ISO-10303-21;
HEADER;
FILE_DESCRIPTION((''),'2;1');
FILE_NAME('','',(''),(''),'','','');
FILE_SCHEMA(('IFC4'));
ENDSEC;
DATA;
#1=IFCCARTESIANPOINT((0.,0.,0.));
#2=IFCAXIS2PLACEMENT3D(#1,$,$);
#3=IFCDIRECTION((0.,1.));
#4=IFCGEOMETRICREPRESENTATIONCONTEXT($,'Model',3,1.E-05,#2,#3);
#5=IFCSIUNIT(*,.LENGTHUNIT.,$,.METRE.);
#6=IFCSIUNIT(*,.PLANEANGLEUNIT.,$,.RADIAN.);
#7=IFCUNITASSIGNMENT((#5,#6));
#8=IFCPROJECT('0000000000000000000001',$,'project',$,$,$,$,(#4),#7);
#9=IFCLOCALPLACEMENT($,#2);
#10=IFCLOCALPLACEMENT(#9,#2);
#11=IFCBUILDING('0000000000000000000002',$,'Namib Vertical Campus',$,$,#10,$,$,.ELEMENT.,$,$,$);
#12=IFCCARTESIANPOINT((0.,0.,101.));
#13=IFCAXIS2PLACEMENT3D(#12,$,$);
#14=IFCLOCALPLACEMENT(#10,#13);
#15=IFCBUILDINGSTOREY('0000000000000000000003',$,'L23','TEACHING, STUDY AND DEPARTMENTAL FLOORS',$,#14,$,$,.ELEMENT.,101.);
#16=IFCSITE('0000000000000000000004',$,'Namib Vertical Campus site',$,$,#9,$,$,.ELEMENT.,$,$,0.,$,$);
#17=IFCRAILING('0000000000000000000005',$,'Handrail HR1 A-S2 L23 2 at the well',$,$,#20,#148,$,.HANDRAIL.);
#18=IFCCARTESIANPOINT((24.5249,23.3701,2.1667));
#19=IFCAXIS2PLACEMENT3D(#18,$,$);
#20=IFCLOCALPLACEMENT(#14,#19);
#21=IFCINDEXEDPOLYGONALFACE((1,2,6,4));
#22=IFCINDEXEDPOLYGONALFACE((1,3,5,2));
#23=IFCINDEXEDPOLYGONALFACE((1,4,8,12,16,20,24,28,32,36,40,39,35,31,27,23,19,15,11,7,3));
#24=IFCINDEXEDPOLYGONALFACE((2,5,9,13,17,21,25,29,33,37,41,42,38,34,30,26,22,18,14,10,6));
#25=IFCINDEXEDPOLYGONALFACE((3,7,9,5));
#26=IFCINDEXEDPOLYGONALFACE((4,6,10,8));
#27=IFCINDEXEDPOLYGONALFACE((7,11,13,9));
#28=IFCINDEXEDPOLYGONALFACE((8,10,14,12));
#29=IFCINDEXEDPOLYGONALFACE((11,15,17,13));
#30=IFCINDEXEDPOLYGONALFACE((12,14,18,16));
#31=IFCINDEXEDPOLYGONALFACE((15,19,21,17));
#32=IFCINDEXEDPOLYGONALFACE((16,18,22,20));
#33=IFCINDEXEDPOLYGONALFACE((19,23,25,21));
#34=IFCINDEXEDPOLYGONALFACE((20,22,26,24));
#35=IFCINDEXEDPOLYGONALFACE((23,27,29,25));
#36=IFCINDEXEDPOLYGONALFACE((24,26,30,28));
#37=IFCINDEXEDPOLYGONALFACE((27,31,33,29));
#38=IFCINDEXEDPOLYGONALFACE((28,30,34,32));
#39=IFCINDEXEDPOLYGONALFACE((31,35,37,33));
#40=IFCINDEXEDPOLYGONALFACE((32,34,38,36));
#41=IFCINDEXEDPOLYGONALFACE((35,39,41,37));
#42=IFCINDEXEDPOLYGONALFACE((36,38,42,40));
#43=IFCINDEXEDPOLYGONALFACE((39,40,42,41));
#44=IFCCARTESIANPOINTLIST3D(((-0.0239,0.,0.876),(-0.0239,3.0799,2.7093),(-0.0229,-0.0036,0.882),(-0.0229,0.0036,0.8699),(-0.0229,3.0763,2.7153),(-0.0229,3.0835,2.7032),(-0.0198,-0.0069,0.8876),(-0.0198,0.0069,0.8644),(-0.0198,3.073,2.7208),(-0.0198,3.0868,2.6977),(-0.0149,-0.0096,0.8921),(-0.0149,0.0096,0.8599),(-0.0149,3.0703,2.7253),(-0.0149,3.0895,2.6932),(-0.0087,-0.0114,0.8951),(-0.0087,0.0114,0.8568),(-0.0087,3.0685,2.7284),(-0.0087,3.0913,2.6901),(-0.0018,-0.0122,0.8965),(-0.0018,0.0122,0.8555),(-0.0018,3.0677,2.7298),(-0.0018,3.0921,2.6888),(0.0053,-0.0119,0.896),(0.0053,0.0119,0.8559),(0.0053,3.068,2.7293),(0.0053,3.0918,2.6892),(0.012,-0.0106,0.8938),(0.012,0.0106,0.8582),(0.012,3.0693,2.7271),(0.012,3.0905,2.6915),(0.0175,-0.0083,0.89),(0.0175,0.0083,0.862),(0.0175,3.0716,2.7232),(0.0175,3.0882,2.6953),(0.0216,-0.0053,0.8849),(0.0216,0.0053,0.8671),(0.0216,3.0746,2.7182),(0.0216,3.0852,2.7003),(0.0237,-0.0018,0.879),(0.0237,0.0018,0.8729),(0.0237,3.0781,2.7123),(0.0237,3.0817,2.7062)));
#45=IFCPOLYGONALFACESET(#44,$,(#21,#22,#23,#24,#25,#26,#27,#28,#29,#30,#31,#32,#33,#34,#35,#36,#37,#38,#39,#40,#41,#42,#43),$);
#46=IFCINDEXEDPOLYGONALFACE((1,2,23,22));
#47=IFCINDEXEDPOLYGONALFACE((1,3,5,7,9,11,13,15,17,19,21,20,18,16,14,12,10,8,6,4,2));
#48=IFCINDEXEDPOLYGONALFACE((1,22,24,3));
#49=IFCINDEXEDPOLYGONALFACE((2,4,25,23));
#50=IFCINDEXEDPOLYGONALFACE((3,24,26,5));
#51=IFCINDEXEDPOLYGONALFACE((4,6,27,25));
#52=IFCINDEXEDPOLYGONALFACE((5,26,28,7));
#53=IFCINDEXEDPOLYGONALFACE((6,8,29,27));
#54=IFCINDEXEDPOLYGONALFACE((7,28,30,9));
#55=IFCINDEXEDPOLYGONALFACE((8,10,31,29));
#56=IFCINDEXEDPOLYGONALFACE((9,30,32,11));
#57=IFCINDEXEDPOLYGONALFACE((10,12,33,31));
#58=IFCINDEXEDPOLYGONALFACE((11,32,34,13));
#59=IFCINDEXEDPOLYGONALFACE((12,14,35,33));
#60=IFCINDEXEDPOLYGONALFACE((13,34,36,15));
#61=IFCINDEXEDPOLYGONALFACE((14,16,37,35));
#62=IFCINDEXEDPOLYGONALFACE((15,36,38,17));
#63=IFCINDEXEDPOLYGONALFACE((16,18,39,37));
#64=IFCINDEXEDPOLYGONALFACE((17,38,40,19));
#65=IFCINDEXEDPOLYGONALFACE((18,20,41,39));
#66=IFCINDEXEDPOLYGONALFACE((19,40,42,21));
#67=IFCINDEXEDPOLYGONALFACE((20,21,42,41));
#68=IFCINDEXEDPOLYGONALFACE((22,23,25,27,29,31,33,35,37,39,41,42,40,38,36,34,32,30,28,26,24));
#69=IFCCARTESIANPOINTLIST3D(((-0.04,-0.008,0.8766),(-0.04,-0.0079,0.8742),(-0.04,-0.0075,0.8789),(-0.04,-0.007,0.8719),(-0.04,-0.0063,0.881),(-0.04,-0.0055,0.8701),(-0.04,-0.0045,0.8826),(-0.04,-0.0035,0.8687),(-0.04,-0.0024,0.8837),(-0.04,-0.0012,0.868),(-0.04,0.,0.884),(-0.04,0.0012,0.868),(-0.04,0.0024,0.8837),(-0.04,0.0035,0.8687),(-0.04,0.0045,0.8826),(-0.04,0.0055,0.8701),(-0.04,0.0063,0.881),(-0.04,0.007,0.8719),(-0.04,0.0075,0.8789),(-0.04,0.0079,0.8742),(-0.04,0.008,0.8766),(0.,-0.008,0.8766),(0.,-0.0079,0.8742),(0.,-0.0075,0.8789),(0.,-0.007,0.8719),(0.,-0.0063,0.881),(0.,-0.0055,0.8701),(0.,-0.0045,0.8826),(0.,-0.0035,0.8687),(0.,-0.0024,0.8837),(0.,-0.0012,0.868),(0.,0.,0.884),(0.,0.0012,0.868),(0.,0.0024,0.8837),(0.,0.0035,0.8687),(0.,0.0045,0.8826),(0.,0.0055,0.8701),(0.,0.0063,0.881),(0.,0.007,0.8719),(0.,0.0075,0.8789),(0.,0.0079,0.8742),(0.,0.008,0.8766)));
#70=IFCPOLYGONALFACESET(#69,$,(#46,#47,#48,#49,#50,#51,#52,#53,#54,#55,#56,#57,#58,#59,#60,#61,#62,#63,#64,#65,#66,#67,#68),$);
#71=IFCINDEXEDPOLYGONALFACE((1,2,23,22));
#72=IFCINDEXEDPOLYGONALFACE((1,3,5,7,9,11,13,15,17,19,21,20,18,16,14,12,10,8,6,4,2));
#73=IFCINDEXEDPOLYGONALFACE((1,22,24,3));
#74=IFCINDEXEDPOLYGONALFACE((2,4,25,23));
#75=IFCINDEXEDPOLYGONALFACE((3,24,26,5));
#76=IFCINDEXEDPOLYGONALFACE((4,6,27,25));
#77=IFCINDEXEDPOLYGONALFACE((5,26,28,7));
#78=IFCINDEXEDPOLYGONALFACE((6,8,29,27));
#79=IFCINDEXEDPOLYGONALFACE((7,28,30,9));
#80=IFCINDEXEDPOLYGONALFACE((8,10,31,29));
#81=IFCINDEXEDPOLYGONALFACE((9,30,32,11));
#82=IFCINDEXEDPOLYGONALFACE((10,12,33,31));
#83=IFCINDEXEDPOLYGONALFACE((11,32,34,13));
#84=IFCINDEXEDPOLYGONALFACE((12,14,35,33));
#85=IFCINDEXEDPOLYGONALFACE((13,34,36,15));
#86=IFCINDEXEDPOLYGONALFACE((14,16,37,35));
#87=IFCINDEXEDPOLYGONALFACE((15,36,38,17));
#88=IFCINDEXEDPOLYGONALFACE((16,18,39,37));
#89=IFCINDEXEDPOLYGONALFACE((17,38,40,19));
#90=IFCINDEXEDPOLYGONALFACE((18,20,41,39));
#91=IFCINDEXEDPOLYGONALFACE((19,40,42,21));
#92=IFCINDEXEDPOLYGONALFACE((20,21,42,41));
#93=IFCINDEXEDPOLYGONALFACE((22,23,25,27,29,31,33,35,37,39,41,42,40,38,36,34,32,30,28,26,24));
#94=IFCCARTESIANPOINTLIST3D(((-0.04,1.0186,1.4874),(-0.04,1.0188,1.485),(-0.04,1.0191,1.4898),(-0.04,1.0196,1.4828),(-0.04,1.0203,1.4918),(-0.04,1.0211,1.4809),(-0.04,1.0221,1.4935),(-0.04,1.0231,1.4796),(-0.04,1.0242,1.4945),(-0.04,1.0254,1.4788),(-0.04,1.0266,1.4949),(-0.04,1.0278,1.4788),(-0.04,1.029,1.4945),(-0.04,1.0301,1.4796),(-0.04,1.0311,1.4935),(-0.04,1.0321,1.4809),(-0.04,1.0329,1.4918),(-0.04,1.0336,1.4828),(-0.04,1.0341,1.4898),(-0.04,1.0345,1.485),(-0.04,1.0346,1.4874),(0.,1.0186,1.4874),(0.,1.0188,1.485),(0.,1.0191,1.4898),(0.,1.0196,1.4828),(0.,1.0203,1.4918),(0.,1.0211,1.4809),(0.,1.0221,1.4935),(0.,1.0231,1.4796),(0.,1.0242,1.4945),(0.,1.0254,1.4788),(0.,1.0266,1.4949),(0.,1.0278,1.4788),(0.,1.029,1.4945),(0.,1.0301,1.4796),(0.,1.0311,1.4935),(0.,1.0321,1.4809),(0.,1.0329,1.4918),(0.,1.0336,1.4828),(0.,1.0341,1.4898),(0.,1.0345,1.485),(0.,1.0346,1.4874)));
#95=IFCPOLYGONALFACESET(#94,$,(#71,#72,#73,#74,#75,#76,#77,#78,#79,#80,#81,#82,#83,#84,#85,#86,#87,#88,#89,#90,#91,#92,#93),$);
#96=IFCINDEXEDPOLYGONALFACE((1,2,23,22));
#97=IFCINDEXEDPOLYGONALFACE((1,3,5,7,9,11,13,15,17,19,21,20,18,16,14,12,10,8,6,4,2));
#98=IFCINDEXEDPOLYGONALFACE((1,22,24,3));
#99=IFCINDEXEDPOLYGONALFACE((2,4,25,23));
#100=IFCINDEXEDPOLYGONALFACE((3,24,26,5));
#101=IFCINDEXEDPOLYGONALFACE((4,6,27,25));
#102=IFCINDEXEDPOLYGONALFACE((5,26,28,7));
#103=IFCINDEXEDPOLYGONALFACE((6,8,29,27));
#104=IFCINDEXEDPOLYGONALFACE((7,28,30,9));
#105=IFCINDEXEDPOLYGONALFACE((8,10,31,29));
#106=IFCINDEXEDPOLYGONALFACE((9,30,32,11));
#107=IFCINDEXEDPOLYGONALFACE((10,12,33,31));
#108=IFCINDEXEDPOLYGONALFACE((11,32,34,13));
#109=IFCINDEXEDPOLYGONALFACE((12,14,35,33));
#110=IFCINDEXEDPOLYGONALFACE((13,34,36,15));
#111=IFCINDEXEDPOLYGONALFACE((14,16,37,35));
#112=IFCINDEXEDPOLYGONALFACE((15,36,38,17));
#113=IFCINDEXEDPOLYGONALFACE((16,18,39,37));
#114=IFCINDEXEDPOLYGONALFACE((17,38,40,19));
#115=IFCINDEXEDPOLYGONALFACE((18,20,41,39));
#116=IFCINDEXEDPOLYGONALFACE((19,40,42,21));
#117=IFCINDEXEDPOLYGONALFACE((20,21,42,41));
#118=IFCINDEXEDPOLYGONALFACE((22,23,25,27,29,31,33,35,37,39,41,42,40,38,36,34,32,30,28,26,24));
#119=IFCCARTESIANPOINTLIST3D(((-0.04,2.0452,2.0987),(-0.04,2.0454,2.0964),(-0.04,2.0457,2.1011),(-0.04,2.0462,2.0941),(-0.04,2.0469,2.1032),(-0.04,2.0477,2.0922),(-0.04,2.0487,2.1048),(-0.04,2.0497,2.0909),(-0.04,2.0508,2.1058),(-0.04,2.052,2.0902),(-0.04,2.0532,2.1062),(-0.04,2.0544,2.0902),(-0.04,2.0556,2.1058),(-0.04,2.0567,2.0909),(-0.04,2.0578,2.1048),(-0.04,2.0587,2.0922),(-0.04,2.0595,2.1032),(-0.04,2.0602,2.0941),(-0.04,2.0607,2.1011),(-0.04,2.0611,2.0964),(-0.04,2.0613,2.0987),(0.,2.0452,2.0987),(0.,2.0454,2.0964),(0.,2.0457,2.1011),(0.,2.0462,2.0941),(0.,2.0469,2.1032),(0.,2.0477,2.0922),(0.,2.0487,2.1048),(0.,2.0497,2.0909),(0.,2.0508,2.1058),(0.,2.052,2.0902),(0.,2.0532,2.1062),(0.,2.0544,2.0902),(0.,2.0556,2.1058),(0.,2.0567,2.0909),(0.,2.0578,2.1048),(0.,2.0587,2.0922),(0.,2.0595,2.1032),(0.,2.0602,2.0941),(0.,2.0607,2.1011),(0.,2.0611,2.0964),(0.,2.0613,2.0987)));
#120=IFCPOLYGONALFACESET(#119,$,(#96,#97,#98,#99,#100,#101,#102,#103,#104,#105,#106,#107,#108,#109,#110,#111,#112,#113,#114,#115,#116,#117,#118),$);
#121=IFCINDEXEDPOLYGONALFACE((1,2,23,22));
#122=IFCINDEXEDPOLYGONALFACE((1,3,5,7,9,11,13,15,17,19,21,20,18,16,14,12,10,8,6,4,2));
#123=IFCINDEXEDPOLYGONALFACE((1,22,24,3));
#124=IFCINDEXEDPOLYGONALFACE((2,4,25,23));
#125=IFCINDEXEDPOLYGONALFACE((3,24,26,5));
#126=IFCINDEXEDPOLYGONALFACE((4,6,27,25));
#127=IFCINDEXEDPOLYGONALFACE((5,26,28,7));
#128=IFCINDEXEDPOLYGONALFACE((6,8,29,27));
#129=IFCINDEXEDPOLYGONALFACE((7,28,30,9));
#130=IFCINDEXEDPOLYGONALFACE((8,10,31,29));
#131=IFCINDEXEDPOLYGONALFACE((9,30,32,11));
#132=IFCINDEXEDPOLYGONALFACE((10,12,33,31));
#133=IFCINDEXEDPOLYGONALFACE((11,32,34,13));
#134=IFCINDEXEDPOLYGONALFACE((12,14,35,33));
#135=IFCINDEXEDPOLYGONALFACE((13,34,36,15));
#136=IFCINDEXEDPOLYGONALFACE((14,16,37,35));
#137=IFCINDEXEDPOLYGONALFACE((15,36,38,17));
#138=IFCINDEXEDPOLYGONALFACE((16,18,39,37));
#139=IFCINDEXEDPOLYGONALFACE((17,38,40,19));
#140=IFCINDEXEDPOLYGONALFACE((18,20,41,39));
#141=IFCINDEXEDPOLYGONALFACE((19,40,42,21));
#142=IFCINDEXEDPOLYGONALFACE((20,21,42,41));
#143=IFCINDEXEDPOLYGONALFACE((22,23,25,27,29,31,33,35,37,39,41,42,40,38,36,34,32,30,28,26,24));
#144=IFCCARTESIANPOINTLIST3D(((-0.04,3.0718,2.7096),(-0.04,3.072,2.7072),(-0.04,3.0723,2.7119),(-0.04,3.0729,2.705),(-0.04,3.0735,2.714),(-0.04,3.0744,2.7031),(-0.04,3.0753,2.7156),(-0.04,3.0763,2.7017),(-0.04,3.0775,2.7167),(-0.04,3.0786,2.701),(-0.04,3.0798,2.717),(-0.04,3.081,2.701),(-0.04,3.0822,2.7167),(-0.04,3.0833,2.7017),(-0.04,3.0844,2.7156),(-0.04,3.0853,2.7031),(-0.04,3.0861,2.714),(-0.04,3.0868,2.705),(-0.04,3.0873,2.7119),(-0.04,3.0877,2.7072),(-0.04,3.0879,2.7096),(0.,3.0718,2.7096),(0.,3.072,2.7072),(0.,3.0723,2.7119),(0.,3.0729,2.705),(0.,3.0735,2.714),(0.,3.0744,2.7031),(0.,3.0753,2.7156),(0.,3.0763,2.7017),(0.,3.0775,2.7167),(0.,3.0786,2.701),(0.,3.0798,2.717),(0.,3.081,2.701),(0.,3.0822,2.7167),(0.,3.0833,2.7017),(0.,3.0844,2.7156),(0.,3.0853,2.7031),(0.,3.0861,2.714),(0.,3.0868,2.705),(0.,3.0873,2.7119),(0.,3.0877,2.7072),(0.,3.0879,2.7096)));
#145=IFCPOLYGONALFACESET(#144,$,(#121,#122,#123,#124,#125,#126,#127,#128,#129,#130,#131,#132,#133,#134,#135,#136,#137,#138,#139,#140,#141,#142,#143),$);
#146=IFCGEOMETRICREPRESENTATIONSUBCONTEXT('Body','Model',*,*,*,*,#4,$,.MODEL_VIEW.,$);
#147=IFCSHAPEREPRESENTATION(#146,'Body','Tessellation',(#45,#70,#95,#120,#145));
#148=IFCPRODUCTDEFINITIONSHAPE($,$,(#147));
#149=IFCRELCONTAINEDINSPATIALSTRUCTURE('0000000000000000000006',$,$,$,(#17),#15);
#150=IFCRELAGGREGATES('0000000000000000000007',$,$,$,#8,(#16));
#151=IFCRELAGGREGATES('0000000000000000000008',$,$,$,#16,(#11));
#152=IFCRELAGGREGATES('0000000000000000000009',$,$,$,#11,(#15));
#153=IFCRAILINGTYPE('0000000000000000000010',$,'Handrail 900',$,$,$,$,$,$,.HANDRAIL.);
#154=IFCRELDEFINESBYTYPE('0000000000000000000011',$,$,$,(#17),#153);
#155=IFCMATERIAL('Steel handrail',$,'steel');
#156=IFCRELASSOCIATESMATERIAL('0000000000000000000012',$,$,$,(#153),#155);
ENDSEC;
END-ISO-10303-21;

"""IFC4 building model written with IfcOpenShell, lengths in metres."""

from ifc_helpers import new_model, si_unit, direction, frame, origin, origin_2d, place, context, subcontext, project, spatial, circle, extrude, material, type_object, element, save


model = new_model("IFC4")

# Units and contexts
model_context = context("Model", 3, precision=1e-05, world=origin(), true_north=direction((0.0, 1.0)))
body_context = subcontext(model_context, "Body", "Model", "MODEL_VIEW")
ifc_project = project(units=[si_unit("LENGTHUNIT", "METRE"), si_unit("PLANEANGLEUNIT", "RADIAN")], contexts=[model_context])

# Site, building, storey
site_placement = place(None, origin())
site = spatial("IfcSite", under=ifc_project, at=site_placement, Name="Namib Vertical Campus site", CompositionType="ELEMENT", RefElevation=0.0)
building_placement = place(site_placement, origin())
building = spatial("IfcBuilding", under=site, at=building_placement, Name="Namib Vertical Campus", CompositionType="ELEMENT")
storey_placement = place(building_placement, frame((0.0, 0.0, 101.0)))
storey = spatial("IfcBuildingStorey", under=building, at=storey_placement, Name="L23", Description="TEACHING, STUDY AND DEPARTMENTAL FLOORS", CompositionType="ELEMENT", Elevation=101.0)

# Railing
ifc_material_1 = material(Name="Steel handrail", Category="steel")
railing_type_1 = type_object("IfcRailingType", Name="Handrail 900", PredefinedType="HANDRAIL", material=ifc_material_1)
railing_1_placement = place(storey_placement, frame((24.5249, 23.3701, 2.1667)))
element("IfcRailing", 1, at=railing_1_placement, inside=storey, type_object=railing_type_1, Name="Handrail HR1 A-S2 L23 2 at the well", PredefinedType="HANDRAIL", context=body_context, shape_type="SweptSolid", body=[
    extrude(circle(Radius=0.0239, at=origin_2d()), frame((0.0, 0.0, 0.876), z_axis=(0.0, 0.859291, 0.511487), x_axis=(-1.0, 0.0, 0.0)), (0.0, 0.0, 1.0), 3.5842),
    extrude(circle(Radius=0.0081, at=origin_2d()), frame((0.0, 0.0, 0.876), z_axis=(-1.0, 0.0, 0.0), x_axis=(0.0, 0.0, 1.0)), (0.0, 0.0, 1.0), 0.04),
    extrude(circle(Radius=0.0081, at=origin_2d()), frame((0.0, 1.0266, 1.4868), z_axis=(-1.0, 0.0, 0.0), x_axis=(0.0, 0.0, 1.0)), (0.0, 0.0, 1.0), 0.04),
    extrude(circle(Radius=0.0081, at=origin_2d()), frame((0.0, 2.0532, 2.0981), z_axis=(-1.0, 0.0, 0.0), x_axis=(0.0, 0.0, 1.0)), (0.0, 0.0, 1.0), 0.04),
    extrude(circle(Radius=0.0081, at=origin_2d()), frame((0.0, 3.0798, 2.709), z_axis=(-1.0, 0.0, 0.0), x_axis=(0.0, 0.0, 1.0)), (0.0, 0.0, 1.0), 0.04),
])

save(model, "model.ifc")
